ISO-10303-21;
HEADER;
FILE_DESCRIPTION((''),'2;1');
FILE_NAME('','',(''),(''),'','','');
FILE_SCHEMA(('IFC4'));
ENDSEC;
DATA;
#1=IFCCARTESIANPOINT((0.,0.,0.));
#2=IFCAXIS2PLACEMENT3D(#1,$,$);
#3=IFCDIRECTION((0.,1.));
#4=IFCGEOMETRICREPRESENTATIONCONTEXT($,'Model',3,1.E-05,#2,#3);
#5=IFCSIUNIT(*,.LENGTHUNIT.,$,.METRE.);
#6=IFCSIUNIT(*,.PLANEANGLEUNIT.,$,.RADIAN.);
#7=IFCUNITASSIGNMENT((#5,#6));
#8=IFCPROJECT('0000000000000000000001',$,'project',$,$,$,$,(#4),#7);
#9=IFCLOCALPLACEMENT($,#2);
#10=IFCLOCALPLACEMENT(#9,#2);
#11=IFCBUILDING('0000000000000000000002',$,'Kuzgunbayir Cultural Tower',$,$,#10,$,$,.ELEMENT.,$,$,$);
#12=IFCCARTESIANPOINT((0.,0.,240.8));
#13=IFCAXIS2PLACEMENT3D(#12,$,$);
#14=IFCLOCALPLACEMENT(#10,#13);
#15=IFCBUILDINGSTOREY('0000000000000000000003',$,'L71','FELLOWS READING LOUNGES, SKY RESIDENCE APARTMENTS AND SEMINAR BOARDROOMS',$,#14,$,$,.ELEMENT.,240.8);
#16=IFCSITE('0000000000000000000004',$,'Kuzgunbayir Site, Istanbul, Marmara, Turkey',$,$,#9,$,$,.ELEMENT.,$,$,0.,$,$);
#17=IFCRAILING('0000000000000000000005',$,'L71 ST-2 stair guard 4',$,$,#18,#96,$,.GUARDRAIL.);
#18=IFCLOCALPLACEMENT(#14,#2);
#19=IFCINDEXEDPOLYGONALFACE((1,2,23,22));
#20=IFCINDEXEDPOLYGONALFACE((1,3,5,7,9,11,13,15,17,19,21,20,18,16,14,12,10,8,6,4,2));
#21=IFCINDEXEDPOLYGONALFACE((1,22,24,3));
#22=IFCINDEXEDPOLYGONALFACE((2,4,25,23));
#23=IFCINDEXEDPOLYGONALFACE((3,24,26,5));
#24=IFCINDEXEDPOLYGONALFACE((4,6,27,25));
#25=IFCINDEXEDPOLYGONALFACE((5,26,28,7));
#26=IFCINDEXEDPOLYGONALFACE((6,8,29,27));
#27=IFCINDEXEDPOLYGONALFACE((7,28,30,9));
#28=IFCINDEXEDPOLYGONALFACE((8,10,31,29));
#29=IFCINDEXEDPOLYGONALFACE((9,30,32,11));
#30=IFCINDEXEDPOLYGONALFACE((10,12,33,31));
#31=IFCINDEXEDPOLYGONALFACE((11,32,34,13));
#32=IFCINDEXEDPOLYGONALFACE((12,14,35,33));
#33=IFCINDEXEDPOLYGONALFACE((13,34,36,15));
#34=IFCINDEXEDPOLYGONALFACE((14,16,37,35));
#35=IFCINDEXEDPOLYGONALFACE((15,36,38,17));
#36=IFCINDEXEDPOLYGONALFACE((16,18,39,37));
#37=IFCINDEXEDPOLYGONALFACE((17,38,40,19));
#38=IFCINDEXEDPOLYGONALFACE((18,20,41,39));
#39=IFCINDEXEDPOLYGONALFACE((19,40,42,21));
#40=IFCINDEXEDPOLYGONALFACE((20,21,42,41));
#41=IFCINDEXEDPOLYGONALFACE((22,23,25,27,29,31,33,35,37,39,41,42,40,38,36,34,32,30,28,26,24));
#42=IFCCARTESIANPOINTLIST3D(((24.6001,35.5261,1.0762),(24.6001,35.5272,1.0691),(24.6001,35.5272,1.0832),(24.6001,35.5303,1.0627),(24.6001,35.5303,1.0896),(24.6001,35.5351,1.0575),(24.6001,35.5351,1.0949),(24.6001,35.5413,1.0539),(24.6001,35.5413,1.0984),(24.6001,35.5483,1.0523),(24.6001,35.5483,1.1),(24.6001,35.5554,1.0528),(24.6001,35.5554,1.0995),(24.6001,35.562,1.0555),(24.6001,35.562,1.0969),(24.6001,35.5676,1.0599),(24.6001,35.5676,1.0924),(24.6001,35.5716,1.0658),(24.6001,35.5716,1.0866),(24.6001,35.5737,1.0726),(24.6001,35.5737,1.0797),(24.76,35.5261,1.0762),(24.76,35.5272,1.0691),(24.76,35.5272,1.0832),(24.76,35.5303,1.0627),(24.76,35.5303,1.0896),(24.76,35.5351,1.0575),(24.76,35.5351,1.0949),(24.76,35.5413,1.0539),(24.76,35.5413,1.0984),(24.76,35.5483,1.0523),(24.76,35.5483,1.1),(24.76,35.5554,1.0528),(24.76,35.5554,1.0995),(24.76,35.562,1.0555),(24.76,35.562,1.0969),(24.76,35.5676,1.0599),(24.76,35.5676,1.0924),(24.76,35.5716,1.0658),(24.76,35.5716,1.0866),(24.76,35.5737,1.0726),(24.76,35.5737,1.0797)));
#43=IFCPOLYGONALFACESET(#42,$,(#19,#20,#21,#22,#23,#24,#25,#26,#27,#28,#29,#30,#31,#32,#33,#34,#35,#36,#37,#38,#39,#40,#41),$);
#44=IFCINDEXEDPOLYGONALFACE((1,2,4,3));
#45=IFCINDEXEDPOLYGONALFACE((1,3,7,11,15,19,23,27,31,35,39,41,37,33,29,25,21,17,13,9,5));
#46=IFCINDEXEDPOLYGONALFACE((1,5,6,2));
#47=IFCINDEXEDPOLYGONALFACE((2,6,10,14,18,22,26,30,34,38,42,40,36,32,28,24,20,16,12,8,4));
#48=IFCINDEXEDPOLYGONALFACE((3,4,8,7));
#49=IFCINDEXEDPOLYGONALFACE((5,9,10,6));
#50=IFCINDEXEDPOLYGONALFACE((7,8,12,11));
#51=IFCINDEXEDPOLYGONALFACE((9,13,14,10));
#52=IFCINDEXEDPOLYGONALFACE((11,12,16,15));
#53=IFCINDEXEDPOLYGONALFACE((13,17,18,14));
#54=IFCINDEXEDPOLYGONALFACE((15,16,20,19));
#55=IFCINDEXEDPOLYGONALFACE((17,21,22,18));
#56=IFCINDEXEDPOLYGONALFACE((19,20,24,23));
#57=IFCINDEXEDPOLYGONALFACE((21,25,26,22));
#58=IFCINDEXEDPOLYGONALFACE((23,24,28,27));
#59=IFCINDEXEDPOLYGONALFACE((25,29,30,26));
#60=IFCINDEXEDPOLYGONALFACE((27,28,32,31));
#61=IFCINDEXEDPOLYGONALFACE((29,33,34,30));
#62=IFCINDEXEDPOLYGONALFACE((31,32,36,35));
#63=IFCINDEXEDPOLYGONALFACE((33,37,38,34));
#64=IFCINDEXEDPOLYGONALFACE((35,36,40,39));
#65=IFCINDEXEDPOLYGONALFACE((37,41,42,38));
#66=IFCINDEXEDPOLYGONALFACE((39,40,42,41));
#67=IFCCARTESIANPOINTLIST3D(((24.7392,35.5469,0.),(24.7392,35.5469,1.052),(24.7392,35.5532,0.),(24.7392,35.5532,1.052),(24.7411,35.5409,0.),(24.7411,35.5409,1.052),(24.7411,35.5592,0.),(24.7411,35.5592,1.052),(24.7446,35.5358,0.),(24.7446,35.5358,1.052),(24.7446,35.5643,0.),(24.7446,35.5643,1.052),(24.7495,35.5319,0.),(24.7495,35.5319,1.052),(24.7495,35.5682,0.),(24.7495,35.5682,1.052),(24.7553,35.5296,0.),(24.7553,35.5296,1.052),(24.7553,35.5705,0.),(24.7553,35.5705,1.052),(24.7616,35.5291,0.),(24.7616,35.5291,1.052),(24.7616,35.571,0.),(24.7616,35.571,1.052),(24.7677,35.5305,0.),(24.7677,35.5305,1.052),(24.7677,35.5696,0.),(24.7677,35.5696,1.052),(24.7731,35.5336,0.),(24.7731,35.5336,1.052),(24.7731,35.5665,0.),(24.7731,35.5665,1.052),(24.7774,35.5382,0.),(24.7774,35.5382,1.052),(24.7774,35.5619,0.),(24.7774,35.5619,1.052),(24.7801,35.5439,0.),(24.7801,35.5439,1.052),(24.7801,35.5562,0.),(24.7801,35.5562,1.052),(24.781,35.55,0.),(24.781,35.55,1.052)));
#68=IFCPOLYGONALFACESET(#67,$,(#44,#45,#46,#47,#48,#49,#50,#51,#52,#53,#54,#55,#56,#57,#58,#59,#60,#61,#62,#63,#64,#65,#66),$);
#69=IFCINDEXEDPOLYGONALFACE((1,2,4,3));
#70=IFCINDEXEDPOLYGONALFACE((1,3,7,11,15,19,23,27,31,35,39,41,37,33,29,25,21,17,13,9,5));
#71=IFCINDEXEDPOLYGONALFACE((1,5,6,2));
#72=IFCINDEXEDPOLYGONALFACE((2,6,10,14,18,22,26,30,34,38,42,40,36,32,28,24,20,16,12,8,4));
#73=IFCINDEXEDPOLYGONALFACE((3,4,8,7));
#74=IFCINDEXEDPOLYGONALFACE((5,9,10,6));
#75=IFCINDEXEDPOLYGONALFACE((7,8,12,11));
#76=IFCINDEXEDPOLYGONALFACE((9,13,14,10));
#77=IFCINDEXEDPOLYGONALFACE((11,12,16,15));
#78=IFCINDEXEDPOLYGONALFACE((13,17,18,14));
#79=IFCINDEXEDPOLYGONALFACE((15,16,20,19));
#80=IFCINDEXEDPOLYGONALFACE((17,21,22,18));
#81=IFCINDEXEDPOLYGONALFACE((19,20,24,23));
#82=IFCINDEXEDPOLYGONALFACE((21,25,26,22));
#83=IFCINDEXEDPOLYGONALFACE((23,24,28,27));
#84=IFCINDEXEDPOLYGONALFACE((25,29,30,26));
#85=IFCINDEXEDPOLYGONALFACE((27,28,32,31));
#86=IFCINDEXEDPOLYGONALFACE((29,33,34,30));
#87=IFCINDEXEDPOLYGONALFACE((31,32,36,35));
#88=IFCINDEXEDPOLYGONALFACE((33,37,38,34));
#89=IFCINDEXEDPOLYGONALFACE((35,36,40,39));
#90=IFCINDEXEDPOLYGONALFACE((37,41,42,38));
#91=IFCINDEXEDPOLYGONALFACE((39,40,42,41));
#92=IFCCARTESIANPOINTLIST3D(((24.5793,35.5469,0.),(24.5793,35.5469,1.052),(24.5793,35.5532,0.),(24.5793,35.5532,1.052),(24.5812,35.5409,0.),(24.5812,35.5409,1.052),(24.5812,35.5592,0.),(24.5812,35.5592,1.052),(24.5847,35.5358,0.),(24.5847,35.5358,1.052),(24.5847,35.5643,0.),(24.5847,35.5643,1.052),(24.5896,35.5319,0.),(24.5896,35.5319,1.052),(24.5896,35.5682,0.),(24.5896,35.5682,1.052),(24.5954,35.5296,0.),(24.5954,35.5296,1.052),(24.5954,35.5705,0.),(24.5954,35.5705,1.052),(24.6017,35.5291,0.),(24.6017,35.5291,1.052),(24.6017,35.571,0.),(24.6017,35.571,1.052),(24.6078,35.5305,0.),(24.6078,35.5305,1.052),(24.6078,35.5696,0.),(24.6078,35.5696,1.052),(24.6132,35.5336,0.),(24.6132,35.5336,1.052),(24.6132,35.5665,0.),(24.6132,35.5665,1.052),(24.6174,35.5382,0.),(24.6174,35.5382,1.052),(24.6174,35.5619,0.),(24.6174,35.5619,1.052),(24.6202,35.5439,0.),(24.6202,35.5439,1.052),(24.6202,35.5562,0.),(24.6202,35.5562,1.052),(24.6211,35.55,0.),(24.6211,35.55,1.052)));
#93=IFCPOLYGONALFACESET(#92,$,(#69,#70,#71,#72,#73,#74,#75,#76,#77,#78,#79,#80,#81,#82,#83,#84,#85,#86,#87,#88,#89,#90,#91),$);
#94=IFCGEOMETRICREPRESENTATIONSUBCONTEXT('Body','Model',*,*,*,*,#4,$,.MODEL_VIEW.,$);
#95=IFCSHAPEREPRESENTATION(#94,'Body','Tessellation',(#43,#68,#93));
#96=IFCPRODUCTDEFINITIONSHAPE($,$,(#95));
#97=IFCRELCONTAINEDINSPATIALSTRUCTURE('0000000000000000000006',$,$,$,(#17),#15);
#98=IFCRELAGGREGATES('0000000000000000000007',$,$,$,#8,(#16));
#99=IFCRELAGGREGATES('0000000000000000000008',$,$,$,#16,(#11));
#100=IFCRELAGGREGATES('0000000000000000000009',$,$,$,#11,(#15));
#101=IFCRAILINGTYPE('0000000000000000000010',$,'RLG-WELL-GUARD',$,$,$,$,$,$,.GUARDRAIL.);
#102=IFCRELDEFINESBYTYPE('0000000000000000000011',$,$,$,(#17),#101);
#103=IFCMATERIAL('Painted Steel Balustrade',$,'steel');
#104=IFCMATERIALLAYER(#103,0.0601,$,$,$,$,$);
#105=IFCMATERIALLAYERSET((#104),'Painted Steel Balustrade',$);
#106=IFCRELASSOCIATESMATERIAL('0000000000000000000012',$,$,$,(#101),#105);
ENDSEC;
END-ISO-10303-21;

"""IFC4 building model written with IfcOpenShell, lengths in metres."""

from ifc_helpers import new_model, si_unit, direction, frame, origin, origin_2d, place, context, subcontext, project, spatial, circle, extrude, material, layer, layer_set, type_object, element, save


model = new_model("IFC4")

# Units and contexts
model_context = context("Model", 3, precision=1e-05, world=origin(), true_north=direction((0.0, 1.0)))
body_context = subcontext(model_context, "Body", "Model", "MODEL_VIEW")
ifc_project = project(units=[si_unit("LENGTHUNIT", "METRE"), si_unit("PLANEANGLEUNIT", "RADIAN")], contexts=[model_context])

# Site, building, storey
site_placement = place(None, origin())
site = spatial("IfcSite", under=ifc_project, at=site_placement, Name="Kuzgunbayir Site, Istanbul, Marmara, Turkey", CompositionType="ELEMENT", RefElevation=0.0)
building_placement = place(site_placement, origin())
building = spatial("IfcBuilding", under=site, at=building_placement, Name="Kuzgunbayir Cultural Tower", CompositionType="ELEMENT")
storey_placement = place(building_placement, frame((0.0, 0.0, 240.8)))
storey = spatial("IfcBuildingStorey", under=building, at=storey_placement, Name="L71", Description="FELLOWS READING LOUNGES, SKY RESIDENCE APARTMENTS AND SEMINAR BOARDROOMS", CompositionType="ELEMENT", Elevation=240.8)

# Railing
ifc_material_1 = material(Name="Painted Steel Balustrade", Category="steel")
ifc_layer_1 = layer(ifc_material_1, 0.0601)
ifc_layer_set_1 = layer_set([ifc_layer_1], Name="Painted Steel Balustrade")
railing_type_1 = type_object("IfcRailingType", Name="RLG-WELL-GUARD", PredefinedType="GUARDRAIL", material=ifc_layer_set_1)
railing_1_placement = place(storey_placement, frame((24.76, 35.55, 0.0)))
element("IfcRailing", 1, at=railing_1_placement, inside=storey, type_object=railing_type_1, Name="L71 ST-2 stair guard 4", PredefinedType="GUARDRAIL", context=body_context, shape_type="SweptSolid", body=[
    extrude(circle(Radius=0.0239, at=origin_2d()), frame((0.0, 0.0, 1.0762), z_axis=(-1.0, 0.0, 0.0), x_axis=(0.0, -1.0, 0.0)), (0.0, 0.0, 1.0), 0.1599),
    extrude(circle(Radius=0.021, at=origin_2d()), origin(), (0.0, 0.0, 1.0), 1.052),
    extrude(circle(Radius=0.021, at=origin_2d()), frame((-0.1599, 0.0, 0.0)), (0.0, 0.0, 1.0), 1.052),
])

save(model, "model.ifc")
